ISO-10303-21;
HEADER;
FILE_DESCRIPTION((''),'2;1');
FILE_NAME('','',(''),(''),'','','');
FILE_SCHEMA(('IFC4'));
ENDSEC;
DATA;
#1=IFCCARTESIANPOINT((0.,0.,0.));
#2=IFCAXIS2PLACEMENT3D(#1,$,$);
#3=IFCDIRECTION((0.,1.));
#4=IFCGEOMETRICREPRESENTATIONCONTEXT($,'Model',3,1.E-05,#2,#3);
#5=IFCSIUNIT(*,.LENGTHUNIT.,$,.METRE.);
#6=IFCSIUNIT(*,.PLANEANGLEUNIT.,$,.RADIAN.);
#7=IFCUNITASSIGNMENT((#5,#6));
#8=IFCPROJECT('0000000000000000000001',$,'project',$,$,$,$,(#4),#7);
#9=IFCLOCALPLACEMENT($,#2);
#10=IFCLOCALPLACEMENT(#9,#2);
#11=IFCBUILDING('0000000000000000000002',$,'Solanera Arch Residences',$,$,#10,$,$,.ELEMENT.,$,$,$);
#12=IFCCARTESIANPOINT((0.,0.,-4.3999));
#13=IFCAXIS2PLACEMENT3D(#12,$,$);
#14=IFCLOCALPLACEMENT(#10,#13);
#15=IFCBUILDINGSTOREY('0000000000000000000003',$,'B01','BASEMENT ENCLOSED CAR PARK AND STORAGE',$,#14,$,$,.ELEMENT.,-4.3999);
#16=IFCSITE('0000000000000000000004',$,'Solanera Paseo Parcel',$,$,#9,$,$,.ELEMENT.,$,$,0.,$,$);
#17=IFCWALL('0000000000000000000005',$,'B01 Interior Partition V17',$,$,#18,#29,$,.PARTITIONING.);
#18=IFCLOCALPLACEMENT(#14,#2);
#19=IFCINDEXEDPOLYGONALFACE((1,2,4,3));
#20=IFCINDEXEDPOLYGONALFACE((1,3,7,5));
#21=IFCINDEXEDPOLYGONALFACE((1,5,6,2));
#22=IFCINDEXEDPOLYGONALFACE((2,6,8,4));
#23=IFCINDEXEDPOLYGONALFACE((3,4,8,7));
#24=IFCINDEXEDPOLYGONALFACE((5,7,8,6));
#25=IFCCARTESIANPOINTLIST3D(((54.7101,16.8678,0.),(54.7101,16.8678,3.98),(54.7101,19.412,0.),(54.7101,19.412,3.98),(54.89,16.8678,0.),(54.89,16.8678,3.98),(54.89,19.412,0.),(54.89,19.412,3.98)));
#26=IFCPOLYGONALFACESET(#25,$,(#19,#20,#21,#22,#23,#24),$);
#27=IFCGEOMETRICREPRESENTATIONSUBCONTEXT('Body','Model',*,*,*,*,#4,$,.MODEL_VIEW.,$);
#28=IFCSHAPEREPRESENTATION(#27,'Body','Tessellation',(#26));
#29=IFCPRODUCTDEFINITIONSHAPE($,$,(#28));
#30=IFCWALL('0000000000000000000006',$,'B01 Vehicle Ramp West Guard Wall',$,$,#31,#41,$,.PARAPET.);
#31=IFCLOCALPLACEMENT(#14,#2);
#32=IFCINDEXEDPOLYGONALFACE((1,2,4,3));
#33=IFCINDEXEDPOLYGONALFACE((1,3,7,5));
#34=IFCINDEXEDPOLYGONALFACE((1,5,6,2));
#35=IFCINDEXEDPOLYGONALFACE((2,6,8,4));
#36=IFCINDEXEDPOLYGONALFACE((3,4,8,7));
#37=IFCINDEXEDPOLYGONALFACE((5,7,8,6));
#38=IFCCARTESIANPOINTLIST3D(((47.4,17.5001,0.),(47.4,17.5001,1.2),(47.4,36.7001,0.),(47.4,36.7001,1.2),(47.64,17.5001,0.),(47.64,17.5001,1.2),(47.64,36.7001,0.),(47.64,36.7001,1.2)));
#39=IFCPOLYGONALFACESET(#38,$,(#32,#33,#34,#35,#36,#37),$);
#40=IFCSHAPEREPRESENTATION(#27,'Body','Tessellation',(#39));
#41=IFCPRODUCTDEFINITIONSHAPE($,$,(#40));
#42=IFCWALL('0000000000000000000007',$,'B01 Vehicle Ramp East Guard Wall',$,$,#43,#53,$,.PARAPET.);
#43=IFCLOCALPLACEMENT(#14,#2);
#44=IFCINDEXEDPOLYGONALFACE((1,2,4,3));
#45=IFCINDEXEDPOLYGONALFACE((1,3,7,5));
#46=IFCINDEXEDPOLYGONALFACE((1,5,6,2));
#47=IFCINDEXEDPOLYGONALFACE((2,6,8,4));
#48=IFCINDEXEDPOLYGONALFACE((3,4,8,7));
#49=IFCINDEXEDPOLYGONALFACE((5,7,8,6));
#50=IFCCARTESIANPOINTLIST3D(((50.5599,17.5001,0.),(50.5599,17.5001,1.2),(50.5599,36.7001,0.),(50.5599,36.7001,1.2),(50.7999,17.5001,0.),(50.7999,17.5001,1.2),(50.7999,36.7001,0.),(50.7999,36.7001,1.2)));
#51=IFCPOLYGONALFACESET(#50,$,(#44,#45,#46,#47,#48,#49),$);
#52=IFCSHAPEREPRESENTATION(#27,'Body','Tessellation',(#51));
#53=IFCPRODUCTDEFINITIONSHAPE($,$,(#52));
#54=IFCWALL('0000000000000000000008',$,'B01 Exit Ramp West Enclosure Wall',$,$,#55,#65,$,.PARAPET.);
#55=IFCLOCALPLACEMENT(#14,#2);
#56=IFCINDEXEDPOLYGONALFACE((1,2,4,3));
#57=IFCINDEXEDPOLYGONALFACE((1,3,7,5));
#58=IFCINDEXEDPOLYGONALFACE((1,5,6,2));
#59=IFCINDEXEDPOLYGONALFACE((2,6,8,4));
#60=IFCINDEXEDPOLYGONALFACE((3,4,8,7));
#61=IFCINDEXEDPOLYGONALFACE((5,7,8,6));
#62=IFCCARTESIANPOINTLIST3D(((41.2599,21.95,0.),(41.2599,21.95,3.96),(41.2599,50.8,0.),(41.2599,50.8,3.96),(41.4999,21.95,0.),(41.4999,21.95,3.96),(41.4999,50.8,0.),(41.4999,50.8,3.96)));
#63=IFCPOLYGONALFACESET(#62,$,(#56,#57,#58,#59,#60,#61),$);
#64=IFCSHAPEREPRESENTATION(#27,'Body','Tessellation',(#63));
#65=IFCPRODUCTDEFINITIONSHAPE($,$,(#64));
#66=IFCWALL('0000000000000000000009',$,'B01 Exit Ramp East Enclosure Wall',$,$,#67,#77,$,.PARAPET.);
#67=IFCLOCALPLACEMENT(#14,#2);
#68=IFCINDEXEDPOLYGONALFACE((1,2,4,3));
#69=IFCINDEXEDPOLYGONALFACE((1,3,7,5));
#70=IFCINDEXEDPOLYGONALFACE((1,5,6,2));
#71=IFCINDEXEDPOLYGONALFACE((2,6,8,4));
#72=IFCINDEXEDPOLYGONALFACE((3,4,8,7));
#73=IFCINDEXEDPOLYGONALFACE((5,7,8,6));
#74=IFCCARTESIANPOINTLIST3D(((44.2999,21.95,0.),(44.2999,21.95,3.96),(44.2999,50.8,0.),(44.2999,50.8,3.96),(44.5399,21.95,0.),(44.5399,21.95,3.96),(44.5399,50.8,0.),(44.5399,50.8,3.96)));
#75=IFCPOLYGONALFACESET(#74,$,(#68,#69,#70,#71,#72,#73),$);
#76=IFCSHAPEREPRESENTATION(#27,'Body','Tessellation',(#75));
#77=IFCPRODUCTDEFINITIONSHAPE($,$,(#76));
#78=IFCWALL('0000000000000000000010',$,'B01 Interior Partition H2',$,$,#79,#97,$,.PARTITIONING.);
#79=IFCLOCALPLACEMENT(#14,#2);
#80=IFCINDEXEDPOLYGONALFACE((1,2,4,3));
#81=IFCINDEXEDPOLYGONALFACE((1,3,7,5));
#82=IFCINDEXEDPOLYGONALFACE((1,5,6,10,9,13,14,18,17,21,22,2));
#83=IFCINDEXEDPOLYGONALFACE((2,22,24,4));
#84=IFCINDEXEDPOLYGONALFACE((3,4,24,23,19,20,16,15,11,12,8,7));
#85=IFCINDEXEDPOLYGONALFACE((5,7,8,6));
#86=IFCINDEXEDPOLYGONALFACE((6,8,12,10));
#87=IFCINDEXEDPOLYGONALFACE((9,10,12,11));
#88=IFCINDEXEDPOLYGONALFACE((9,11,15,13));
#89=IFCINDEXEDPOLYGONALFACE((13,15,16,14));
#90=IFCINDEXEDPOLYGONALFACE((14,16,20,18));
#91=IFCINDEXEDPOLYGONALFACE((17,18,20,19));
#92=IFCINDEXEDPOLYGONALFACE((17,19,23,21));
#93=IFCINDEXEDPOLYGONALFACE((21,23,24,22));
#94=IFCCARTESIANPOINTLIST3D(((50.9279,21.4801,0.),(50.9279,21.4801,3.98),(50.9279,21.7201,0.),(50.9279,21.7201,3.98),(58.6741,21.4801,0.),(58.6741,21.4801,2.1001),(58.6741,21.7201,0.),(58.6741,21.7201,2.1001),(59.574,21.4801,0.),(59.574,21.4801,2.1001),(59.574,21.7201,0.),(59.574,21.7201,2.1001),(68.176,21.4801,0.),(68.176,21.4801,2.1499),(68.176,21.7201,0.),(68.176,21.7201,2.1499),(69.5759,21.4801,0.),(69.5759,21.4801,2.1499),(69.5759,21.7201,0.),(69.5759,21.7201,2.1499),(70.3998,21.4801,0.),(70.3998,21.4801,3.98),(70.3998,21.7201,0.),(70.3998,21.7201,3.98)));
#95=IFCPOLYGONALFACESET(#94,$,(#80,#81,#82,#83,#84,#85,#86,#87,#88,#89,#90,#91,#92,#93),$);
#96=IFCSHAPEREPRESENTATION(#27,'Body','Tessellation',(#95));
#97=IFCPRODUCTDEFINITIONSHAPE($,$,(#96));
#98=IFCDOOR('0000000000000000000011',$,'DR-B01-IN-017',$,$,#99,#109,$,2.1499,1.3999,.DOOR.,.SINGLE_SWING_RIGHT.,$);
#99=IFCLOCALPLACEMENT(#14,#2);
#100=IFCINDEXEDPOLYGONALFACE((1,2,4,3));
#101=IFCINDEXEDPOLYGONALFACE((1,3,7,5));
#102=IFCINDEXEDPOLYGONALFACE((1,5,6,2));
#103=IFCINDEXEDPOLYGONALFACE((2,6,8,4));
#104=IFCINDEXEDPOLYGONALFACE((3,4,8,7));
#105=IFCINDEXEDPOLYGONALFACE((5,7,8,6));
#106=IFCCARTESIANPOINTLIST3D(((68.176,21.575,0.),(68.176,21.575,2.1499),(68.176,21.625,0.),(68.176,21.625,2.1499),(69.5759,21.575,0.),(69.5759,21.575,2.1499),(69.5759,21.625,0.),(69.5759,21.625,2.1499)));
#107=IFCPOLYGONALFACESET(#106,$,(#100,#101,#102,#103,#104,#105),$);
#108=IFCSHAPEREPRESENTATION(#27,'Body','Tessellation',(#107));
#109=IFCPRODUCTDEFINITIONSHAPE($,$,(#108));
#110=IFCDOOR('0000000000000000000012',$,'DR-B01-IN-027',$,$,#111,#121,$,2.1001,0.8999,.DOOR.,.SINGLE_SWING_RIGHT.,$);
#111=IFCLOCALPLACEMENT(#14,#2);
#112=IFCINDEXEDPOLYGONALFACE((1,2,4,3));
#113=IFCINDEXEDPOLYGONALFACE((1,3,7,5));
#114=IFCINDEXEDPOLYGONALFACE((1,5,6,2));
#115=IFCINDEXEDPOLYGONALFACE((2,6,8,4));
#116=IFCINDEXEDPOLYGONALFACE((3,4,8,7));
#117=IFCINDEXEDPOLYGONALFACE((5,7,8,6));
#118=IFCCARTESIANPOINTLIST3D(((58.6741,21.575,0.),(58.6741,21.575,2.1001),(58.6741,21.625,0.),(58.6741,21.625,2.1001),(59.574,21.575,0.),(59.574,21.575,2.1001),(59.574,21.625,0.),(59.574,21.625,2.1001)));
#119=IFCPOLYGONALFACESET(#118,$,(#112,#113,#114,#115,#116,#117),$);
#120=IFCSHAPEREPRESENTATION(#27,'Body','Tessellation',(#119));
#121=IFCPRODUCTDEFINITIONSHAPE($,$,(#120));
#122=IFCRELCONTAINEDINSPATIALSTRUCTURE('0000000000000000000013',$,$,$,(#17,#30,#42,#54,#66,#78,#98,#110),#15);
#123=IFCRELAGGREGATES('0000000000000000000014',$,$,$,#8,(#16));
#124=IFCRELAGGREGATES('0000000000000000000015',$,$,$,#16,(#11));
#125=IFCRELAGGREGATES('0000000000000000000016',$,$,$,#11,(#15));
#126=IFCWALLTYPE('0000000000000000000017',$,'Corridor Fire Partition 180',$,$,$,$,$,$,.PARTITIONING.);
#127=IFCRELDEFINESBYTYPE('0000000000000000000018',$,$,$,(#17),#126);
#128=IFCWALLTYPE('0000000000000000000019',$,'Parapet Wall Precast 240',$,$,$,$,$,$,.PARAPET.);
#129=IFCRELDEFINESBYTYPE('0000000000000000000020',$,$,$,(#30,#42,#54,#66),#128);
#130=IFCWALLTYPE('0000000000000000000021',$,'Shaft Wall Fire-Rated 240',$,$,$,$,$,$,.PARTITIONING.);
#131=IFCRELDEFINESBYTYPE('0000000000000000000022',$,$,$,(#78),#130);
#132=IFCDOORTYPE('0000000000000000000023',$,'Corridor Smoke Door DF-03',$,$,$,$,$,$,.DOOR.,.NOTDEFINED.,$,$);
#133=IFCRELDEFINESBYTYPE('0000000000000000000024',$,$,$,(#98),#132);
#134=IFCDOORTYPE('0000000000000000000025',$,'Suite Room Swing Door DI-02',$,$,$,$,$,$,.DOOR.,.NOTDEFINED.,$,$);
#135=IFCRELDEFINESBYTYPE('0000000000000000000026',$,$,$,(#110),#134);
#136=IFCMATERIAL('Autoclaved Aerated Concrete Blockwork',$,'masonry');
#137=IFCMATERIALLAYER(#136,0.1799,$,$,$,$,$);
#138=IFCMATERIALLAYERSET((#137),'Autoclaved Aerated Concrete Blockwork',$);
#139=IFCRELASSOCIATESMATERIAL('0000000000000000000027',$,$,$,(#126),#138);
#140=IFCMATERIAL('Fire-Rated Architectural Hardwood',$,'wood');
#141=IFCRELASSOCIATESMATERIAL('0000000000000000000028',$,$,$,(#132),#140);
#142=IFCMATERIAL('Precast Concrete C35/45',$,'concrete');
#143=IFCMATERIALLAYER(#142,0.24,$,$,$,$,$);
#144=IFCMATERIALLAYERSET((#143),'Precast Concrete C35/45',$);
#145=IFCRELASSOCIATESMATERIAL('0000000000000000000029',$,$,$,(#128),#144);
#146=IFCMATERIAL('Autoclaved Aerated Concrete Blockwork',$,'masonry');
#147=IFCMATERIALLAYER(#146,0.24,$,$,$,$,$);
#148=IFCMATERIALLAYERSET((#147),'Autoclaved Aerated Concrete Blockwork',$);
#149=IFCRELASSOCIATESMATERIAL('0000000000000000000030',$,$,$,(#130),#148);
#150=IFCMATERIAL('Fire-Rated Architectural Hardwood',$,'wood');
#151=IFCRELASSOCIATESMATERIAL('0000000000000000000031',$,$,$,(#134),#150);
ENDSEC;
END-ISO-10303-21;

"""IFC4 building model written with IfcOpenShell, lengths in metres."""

from ifc_helpers import new_model, si_unit, direction, frame, frame_2d, origin, place, context, subcontext, project, spatial, rectangle, extrude, material, layer, layer_set, type_object, element, fill, save


model = new_model("IFC4")

# Units and contexts
model_context = context("Model", 3, precision=1e-05, world=origin(), true_north=direction((0.0, 1.0)))
body_context = subcontext(model_context, "Body", "Model", "MODEL_VIEW")
ifc_project = project(units=[si_unit("LENGTHUNIT", "METRE"), si_unit("PLANEANGLEUNIT", "RADIAN")], contexts=[model_context])

# Site, building, storey
site_placement = place(None, origin())
site = spatial("IfcSite", under=ifc_project, at=site_placement, Name="Solanera Paseo Parcel", CompositionType="ELEMENT", RefElevation=0.0)
building_placement = place(site_placement, origin())
building = spatial("IfcBuilding", under=site, at=building_placement, Name="Solanera Arch Residences", CompositionType="ELEMENT")
storey_placement = place(building_placement, frame((0.0, 0.0, -4.3999)))
storey = spatial("IfcBuildingStorey", under=building, at=storey_placement, Name="B01", Description="BASEMENT ENCLOSED CAR PARK AND STORAGE", CompositionType="ELEMENT", Elevation=-4.3999)

# Shared definitions
ifc_material_1 = material(Name="Autoclaved Aerated Concrete Blockwork", Category="masonry")
ifc_layer_1 = layer(ifc_material_1, 0.1799)
ifc_layer_set_1 = layer_set([ifc_layer_1], Name="Autoclaved Aerated Concrete Blockwork")
wall_type_1 = type_object("IfcWallType", Name="Corridor Fire Partition 180", PredefinedType="PARTITIONING", material=ifc_layer_set_1)

# Shared definitions
ifc_material_2 = material(Name="Fire-Rated Architectural Hardwood", Category="wood")
door_type_1 = type_object("IfcDoorType", Name="Corridor Smoke Door DF-03", OperationType="NOTDEFINED", PredefinedType="DOOR", material=ifc_material_2)

# Walls
wall_1_placement = place(storey_placement, frame((54.8, 16.8679, 0.0), z_axis=(0.0, 0.0, 1.0), x_axis=(0.0, 1.0, 0.0)))
element("IfcWall", 1, at=wall_1_placement, inside=storey, type_object=wall_type_1, Name="B01 Interior Partition V17", PredefinedType="PARTITIONING", context=body_context, shape_type="SweptSolid", body=[
    extrude(rectangle(XDim=2.5442, YDim=0.1799, at=frame_2d((1.272, 0.0))), origin(), (0.0, 0.0, 1.0), 3.98),
])
ifc_material_3 = material(Name="Precast Concrete C35/45", Category="concrete")
ifc_layer_2 = layer(ifc_material_3, 0.24)
ifc_layer_set_2 = layer_set([ifc_layer_2], Name="Precast Concrete C35/45")
wall_type_2 = type_object("IfcWallType", Name="Parapet Wall Precast 240", PredefinedType="PARAPET", material=ifc_layer_set_2)
for number, where, z_axis, x_axis, name in (
    (2, (47.52, 17.5, 0.0), (0.0, 0.0, 1.0), (0.0, 1.0, 0.0), "B01 Vehicle Ramp West Guard Wall"),
    (3, (50.6799, 17.5, 0.0), (0.0, 0.0, 1.0), (0.0, 1.0, 0.0), "B01 Vehicle Ramp East Guard Wall"),
):
    element("IfcWall", number, at=place(storey_placement, frame(where, z_axis=z_axis, x_axis=x_axis)), inside=storey, type_object=wall_type_2, Name=name, PredefinedType="PARAPET", context=body_context, shape_type="SweptSolid", body=[
        extrude(rectangle(XDim=19.2, YDim=0.24, at=frame_2d((9.6001, 0.0))), origin(), (0.0, 0.0, 1.0), 1.2),
    ])
for number, where, z_axis, x_axis, name in (
    (4, (41.3799, 21.95, 0.0), (0.0, 0.0, 1.0), (0.0, 1.0, 0.0), "B01 Exit Ramp West Enclosure Wall"),
    (5, (44.4199, 21.95, 0.0), (0.0, 0.0, 1.0), (0.0, 1.0, 0.0), "B01 Exit Ramp East Enclosure Wall"),
):
    element("IfcWall", number, at=place(storey_placement, frame(where, z_axis=z_axis, x_axis=x_axis)), inside=storey, type_object=wall_type_2, Name=name, PredefinedType="PARAPET", context=body_context, shape_type="SweptSolid", body=[
        extrude(rectangle(XDim=28.8501, YDim=0.24, at=frame_2d((14.425, 0.0))), origin(), (0.0, 0.0, 1.0), 3.96),
    ])

# Wall, openings, doors
ifc_material_4 = material(Name="Autoclaved Aerated Concrete Blockwork", Category="masonry")
ifc_layer_3 = layer(ifc_material_4, 0.24)
ifc_layer_set_3 = layer_set([ifc_layer_3], Name="Autoclaved Aerated Concrete Blockwork")
wall_type_3 = type_object("IfcWallType", Name="Shaft Wall Fire-Rated 240", PredefinedType="PARTITIONING", material=ifc_layer_set_3)
wall_2_placement = place(storey_placement, frame((50.928, 21.6001, 0.0), z_axis=(0.0, 0.0, 1.0), x_axis=(1.0, 0.0, 0.0)))
wall_2 = element("IfcWall", 6, at=wall_2_placement, inside=storey, type_object=wall_type_3, Name="B01 Interior Partition H2", PredefinedType="PARTITIONING", context=body_context, shape_type="SweptSolid", body=[
    extrude(rectangle(XDim=19.4719, YDim=0.24, at=frame_2d((9.7358, 0.0))), origin(), (0.0, 0.0, 1.0), 3.98),
])
opening_1_placement = place(wall_2_placement, frame((17.248, 0.0, 0.0)))
opening_1 = element("IfcOpeningElement", 7, at=opening_1_placement, cuts=wall_2, PredefinedType="OPENING", context=body_context, shape_type="SweptSolid", body=[
    extrude(rectangle(XDim=1.3999, YDim=2.1499, at=frame_2d((0.7, 1.075))), frame((0.0, 0.1299, 0.0), z_axis=(0.0, -1.0, 0.0), x_axis=(1.0, 0.0, 0.0)), (0.0, 0.0, 1.0), 0.26),
])
opening_2_placement = place(wall_2_placement, frame((7.7461, 0.0, 0.0)))
opening_2 = element("IfcOpeningElement", 8, at=opening_2_placement, cuts=wall_2, PredefinedType="OPENING", context=body_context, shape_type="SweptSolid", body=[
    extrude(rectangle(XDim=0.8999, YDim=2.1001, at=frame_2d((0.45, 1.05))), frame((0.0, 0.1299, 0.0), z_axis=(0.0, -1.0, 0.0), x_axis=(1.0, 0.0, 0.0)), (0.0, 0.0, 1.0), 0.26),
])
door_1_placement = place(opening_1_placement, origin())
door_1 = element("IfcDoor", 9, at=door_1_placement, inside=storey, type_object=door_type_1, Name="DR-B01-IN-017", OperationType="SINGLE_SWING_RIGHT", OverallHeight=2.1499, OverallWidth=1.3999, PredefinedType="DOOR", context=body_context, shape_type="SweptSolid", body=[
    extrude(rectangle(XDim=1.3999, YDim=2.1499, at=frame_2d((0.7, 1.075))), frame((0.0, 0.0249, 0.0), z_axis=(0.0, -1.0, 0.0), x_axis=(1.0, 0.0, 0.0)), (0.0, 0.0, 1.0), 0.05),
])
fill(opening_1, door_1)
ifc_material_5 = material(Name="Fire-Rated Architectural Hardwood", Category="wood")
door_type_2 = type_object("IfcDoorType", Name="Suite Room Swing Door DI-02", OperationType="NOTDEFINED", PredefinedType="DOOR", material=ifc_material_5)
door_2_placement = place(opening_2_placement, origin())
door_2 = element("IfcDoor", 10, at=door_2_placement, inside=storey, type_object=door_type_2, Name="DR-B01-IN-027", OperationType="SINGLE_SWING_RIGHT", OverallHeight=2.1001, OverallWidth=0.8999, PredefinedType="DOOR", context=body_context, shape_type="SweptSolid", body=[
    extrude(rectangle(XDim=0.8999, YDim=2.1001, at=frame_2d((0.45, 1.05))), frame((0.0, 0.0249, 0.0), z_axis=(0.0, -1.0, 0.0), x_axis=(1.0, 0.0, 0.0)), (0.0, 0.0, 1.0), 0.05),
])
fill(opening_2, door_2)

save(model, "model.ifc")
